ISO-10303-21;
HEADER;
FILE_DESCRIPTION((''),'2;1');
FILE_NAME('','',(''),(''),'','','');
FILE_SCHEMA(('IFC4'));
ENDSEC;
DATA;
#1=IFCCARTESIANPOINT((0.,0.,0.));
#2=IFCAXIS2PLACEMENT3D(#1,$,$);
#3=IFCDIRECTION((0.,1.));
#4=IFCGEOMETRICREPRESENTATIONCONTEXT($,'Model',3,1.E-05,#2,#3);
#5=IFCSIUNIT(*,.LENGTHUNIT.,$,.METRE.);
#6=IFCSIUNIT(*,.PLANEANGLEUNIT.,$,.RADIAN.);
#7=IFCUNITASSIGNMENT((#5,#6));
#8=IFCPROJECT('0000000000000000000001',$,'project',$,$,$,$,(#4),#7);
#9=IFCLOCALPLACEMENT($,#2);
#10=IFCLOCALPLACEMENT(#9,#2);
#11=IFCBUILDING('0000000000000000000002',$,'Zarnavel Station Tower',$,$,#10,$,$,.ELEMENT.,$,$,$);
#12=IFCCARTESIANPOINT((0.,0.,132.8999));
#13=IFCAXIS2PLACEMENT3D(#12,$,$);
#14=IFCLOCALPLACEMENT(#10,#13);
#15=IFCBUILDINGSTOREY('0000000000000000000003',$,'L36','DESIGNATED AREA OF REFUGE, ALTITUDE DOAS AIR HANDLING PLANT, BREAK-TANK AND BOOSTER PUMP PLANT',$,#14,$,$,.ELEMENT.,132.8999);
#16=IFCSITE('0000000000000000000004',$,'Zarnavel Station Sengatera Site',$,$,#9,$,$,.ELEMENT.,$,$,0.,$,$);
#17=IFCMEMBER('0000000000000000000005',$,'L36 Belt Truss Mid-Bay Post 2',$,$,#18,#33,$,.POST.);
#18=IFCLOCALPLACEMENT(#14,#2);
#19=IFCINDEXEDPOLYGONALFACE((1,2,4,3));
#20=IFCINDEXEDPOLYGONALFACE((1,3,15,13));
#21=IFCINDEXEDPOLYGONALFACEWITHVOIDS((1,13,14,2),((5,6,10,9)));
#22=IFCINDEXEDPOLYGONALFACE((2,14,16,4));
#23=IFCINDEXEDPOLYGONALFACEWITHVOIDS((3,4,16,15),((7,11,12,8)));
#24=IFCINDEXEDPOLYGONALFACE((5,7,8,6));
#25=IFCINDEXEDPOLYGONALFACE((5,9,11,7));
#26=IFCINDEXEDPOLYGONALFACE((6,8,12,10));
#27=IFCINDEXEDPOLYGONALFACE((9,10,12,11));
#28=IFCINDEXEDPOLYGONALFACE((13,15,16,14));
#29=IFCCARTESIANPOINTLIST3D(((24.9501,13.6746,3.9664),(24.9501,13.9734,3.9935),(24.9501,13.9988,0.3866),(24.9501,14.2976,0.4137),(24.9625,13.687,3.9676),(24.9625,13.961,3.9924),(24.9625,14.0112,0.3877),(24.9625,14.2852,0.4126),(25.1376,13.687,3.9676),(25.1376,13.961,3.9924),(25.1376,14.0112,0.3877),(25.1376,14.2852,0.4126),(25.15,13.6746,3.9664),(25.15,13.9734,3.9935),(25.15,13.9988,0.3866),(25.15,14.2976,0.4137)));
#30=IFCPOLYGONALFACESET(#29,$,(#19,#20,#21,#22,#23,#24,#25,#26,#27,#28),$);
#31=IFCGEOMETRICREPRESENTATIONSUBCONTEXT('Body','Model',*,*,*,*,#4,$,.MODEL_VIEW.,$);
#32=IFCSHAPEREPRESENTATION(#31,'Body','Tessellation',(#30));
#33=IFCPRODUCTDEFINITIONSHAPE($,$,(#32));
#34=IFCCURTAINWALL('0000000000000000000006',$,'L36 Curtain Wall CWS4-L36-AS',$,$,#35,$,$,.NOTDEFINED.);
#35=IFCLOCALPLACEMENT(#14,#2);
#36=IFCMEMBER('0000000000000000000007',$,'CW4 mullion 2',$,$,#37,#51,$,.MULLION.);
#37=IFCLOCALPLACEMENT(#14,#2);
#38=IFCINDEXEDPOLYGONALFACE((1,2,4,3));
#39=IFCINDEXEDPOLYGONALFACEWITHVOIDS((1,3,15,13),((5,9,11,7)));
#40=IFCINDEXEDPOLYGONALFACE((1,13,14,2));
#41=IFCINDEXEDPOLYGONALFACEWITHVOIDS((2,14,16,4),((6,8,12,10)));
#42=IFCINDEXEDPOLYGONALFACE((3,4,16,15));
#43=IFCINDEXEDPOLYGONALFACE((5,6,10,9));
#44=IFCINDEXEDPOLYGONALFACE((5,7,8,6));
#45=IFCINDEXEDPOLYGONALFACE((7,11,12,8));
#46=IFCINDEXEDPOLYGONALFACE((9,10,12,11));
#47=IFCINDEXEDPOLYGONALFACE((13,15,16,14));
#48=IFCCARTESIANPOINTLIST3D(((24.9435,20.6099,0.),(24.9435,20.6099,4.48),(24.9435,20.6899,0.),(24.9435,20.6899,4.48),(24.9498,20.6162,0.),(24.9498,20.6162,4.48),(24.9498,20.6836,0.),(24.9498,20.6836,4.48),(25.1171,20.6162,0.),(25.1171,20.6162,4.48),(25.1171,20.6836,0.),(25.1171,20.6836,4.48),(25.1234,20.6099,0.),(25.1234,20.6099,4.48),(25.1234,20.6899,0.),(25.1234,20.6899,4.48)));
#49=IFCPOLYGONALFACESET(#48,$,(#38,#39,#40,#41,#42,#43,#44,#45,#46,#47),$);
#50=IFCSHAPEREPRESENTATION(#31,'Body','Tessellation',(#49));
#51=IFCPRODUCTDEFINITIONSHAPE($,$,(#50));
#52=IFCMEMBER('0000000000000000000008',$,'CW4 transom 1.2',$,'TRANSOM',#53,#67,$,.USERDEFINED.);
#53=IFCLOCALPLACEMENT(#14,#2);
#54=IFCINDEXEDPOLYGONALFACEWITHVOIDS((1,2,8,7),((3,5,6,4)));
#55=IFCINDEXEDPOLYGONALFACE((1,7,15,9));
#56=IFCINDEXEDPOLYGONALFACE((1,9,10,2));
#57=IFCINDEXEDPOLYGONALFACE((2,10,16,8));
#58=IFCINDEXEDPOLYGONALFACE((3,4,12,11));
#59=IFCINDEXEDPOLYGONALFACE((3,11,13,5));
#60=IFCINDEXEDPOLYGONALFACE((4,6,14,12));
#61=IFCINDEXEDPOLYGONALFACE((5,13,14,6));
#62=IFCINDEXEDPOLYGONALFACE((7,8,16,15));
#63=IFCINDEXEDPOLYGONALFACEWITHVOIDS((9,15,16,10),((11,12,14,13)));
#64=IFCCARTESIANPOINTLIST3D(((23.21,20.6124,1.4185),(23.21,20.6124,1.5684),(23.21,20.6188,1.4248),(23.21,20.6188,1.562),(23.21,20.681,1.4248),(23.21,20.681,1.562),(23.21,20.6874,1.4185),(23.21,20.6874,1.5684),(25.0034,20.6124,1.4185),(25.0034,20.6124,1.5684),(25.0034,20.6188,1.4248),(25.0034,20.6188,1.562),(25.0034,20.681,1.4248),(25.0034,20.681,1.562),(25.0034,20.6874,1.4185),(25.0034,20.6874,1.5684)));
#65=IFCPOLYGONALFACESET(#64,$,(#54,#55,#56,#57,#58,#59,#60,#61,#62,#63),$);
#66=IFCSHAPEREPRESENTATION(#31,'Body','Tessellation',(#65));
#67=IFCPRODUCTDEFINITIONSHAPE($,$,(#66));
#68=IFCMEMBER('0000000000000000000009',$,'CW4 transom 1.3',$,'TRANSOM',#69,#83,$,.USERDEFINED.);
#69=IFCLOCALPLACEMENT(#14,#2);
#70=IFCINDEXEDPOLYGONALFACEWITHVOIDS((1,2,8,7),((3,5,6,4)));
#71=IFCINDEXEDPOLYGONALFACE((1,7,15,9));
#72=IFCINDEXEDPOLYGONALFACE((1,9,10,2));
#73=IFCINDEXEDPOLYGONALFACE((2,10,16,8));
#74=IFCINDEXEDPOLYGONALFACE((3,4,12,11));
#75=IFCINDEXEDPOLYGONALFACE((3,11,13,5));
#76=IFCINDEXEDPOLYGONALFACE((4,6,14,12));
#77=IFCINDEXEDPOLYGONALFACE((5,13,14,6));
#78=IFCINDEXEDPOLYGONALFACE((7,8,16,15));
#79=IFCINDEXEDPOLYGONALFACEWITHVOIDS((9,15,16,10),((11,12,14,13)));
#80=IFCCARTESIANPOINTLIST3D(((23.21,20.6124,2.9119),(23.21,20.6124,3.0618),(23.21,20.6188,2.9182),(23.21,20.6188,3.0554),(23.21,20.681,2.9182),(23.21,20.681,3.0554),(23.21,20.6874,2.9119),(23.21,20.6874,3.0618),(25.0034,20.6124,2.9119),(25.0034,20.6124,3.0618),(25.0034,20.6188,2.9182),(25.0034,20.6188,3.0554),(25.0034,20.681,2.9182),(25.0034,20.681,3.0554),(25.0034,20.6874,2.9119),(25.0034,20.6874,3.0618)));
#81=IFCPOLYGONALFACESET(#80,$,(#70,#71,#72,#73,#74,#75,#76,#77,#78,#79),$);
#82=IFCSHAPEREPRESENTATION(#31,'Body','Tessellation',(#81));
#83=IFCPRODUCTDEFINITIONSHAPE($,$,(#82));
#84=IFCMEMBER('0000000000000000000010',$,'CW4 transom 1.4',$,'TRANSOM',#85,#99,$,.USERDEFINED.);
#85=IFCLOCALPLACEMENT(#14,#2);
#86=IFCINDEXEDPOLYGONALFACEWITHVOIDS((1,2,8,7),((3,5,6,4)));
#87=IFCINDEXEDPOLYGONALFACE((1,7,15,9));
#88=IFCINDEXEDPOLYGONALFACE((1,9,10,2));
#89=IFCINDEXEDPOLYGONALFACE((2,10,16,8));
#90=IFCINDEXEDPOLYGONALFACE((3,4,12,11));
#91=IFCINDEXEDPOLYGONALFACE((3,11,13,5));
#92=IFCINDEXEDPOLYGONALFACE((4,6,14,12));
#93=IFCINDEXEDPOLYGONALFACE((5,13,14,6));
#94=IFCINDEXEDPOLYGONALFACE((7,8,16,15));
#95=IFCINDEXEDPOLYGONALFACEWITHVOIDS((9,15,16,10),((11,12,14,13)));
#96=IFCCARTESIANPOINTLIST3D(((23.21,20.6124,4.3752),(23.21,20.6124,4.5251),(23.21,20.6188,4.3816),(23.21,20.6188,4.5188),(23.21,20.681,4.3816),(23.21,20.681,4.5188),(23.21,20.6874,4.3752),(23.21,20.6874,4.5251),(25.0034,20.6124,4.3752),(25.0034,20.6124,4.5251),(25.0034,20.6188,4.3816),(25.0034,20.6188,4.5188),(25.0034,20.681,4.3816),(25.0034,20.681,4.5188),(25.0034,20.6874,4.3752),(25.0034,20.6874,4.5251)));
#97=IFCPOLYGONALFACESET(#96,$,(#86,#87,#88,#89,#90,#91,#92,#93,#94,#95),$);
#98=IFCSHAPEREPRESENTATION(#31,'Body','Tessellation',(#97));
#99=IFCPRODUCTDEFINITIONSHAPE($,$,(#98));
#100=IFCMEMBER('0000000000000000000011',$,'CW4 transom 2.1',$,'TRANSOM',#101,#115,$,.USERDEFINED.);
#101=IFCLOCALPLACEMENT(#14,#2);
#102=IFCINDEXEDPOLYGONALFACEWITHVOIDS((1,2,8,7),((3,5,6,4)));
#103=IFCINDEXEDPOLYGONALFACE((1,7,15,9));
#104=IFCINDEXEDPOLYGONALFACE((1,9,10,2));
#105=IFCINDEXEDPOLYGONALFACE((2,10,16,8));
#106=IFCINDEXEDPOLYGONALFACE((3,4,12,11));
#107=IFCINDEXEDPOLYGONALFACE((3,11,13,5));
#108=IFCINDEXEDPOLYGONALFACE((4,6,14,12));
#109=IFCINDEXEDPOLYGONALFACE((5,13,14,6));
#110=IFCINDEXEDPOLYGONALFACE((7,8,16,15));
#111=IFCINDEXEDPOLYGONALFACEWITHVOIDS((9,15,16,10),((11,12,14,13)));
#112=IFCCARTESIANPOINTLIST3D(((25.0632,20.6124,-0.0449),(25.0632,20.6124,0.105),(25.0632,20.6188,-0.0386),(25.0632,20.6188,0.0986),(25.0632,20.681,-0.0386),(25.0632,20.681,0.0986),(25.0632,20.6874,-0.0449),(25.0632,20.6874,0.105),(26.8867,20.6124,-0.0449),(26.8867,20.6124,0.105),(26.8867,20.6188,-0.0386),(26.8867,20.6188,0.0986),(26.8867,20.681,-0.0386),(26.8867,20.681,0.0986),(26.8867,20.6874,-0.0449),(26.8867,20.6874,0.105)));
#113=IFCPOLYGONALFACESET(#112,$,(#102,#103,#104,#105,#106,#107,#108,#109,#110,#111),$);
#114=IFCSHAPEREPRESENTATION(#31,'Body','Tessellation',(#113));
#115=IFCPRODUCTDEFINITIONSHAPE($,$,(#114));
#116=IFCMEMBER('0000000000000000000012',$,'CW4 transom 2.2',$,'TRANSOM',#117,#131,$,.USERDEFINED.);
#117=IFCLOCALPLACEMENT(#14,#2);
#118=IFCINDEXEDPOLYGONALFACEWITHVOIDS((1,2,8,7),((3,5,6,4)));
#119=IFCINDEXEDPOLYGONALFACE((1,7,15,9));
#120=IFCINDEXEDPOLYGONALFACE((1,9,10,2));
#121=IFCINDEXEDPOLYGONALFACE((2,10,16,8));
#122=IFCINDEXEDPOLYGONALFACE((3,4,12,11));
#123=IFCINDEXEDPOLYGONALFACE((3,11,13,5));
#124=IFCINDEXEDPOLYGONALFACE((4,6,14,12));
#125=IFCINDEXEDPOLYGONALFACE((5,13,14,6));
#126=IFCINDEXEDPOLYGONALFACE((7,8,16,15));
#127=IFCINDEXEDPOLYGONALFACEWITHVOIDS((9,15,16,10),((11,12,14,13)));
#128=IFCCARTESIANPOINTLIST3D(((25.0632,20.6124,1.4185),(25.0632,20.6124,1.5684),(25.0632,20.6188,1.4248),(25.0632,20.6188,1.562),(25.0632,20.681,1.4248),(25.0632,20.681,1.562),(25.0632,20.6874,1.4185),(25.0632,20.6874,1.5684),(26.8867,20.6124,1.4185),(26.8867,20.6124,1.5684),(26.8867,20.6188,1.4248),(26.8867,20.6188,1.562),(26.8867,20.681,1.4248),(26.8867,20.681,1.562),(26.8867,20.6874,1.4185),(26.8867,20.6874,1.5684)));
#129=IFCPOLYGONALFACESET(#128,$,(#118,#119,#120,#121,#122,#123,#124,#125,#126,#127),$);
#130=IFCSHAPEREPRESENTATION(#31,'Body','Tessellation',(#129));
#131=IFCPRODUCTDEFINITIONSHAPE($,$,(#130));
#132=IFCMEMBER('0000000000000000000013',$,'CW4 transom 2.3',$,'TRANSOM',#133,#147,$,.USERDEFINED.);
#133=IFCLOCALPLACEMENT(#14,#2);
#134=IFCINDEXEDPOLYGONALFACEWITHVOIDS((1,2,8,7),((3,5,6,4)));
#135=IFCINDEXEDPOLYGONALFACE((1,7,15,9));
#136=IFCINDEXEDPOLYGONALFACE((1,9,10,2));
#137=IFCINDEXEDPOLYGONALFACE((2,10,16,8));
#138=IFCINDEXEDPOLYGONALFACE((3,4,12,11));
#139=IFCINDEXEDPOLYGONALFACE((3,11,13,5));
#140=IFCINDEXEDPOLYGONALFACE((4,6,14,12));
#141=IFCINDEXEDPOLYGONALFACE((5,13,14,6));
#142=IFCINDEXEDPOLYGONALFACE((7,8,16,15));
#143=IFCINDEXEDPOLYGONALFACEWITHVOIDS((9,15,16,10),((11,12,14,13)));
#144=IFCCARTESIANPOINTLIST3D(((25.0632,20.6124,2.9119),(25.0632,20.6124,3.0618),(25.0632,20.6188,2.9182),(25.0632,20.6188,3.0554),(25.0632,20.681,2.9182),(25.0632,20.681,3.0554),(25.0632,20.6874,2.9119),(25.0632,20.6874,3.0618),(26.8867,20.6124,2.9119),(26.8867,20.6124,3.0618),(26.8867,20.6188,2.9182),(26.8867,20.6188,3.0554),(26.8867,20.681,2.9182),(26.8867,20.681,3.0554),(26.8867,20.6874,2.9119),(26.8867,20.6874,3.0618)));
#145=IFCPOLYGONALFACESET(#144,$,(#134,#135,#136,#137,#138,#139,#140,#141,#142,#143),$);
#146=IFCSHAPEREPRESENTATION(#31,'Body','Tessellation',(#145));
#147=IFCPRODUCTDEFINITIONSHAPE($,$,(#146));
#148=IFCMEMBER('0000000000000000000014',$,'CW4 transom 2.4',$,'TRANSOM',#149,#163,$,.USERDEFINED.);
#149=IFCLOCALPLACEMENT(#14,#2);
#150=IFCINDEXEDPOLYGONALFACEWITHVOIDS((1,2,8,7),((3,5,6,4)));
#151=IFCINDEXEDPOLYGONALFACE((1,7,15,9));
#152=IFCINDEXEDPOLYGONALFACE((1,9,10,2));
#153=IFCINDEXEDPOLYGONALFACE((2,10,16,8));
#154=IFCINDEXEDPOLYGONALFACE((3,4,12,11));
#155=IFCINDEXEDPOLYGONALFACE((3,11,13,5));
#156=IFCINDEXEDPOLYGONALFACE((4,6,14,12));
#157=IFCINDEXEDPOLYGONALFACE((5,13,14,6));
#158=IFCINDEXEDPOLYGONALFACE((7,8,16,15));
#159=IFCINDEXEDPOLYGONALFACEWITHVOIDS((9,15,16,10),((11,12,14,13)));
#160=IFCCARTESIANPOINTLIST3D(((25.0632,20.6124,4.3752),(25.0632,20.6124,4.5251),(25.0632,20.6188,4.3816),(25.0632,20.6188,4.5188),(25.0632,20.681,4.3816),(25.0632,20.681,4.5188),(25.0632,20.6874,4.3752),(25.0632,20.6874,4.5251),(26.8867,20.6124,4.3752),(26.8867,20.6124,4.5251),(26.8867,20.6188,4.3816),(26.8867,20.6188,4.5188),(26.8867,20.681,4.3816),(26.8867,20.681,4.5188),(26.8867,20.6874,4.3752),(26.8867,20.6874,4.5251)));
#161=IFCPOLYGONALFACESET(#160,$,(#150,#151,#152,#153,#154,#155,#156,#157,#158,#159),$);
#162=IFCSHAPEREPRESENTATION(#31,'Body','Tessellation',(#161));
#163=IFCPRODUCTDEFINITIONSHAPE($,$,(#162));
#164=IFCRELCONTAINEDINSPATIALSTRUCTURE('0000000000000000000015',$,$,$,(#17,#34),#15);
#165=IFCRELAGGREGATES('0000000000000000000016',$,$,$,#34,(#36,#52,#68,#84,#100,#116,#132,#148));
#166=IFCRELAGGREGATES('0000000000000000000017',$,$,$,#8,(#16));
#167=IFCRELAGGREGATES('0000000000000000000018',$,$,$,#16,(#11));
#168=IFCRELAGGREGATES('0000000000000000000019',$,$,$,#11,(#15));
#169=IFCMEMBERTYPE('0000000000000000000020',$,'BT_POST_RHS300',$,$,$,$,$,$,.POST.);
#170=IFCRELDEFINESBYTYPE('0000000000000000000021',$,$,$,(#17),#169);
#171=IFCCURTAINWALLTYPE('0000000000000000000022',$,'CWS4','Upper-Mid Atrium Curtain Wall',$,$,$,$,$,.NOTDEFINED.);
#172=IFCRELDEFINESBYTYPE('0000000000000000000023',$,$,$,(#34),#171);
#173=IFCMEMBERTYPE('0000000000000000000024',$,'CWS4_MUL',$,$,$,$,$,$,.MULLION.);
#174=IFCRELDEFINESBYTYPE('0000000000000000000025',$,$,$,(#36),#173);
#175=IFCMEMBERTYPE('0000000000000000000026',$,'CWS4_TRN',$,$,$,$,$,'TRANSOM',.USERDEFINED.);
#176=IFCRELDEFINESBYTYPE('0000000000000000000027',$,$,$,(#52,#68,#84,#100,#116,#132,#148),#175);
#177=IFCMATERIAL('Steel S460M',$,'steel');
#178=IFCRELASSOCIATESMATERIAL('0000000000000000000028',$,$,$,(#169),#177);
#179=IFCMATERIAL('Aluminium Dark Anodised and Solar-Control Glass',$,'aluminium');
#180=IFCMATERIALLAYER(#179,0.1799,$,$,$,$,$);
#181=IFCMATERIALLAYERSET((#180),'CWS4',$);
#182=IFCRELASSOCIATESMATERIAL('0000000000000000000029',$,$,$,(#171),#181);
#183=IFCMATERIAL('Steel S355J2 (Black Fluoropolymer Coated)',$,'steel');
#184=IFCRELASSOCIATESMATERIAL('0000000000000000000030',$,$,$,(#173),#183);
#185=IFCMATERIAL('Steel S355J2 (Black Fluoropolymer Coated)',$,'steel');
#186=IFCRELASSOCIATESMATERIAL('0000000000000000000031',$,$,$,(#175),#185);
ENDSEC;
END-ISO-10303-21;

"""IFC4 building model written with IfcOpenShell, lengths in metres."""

from ifc_helpers import new_model, si_unit, direction, frame, origin, origin_2d, place, context, subcontext, project, spatial, hollow_rectangle, extrude, material, layer, layer_set, material_profile, profile_set, type_object, element, aggregate, save


model = new_model("IFC4")

# Units and contexts
model_context = context("Model", 3, precision=1e-05, world=origin(), true_north=direction((0.0, 1.0)))
body_context = subcontext(model_context, "Body", "Model", "MODEL_VIEW")
ifc_project = project(units=[si_unit("LENGTHUNIT", "METRE"), si_unit("PLANEANGLEUNIT", "RADIAN")], contexts=[model_context])

# Site, building, storey
site_placement = place(None, origin())
site = spatial("IfcSite", under=ifc_project, at=site_placement, Name="Zarnavel Station Sengatera Site", CompositionType="ELEMENT", RefElevation=0.0)
building_placement = place(site_placement, origin())
building = spatial("IfcBuilding", under=site, at=building_placement, Name="Zarnavel Station Tower", CompositionType="ELEMENT")
storey_placement = place(building_placement, frame((0.0, 0.0, 132.8999)))
storey = spatial("IfcBuildingStorey", under=building, at=storey_placement, Name="L36", Description="DESIGNATED AREA OF REFUGE, ALTITUDE DOAS AIR HANDLING PLANT, BREAK-TANK AND BOOSTER PUMP PLANT", CompositionType="ELEMENT", Elevation=132.8999)

# Member
ifc_material_1 = material(Name="Steel S460M", Category="steel")
ifc_material_profile_1 = material_profile(ifc_material_1, hollow_rectangle(XDim=0.2, YDim=0.3, WallThickness=0.0125, at=origin_2d()), Name="RHS300x200x12.5")
ifc_profile_set_1 = profile_set([ifc_material_profile_1], Name="Steel S460M")
member_type_1 = type_object("IfcMemberType", Name="BT_POST_RHS300", PredefinedType="POST", material=ifc_profile_set_1)
member_1_placement = place(storey_placement, frame((25.05, 14.1482, 0.4001), z_axis=(0.0, -0.090199, 0.995924), x_axis=(1.0, 0.0, 0.0)))
element("IfcMember", 1, at=member_1_placement, inside=storey, type_object=member_type_1, Name="L36 Belt Truss Mid-Bay Post 2", PredefinedType="POST", context=body_context, shape_type="SweptSolid", body=[
    extrude(hollow_rectangle(XDim=0.2, YDim=0.3, WallThickness=0.0125, at=origin_2d()), origin(), (0.0, 0.0, 1.0), 3.5945),
])

# Curtain wall, members
ifc_material_2 = material(Name="Aluminium Dark Anodised and Solar-Control Glass", Category="aluminium")
ifc_layer_1 = layer(ifc_material_2, 0.1799)
ifc_layer_set_1 = layer_set([ifc_layer_1], Name="CWS4")
curtain_wall_type = type_object("IfcCurtainWallType", Name="CWS4", Description="Upper-Mid Atrium Curtain Wall", PredefinedType="NOTDEFINED", material=ifc_layer_set_1)
curtain_wall_placement = place(storey_placement, origin())
curtain_wall = element("IfcCurtainWall", 2, at=curtain_wall_placement, inside=storey, type_object=curtain_wall_type, Name="L36 Curtain Wall CWS4-L36-AS", PredefinedType="NOTDEFINED")
ifc_material_3 = material(Name="Steel S355J2 (Black Fluoropolymer Coated)", Category="steel")
ifc_material_profile_2 = material_profile(ifc_material_3, hollow_rectangle(XDim=0.0801, YDim=0.1799, WallThickness=0.0063, at=origin_2d()), Name="RHS180x80x6.3")
ifc_profile_set_2 = profile_set([ifc_material_profile_2], Name="Steel S355J2 (Black Fluoropolymer Coated)")
member_type_2 = type_object("IfcMemberType", Name="CWS4_MUL", PredefinedType="MULLION", material=ifc_profile_set_2)
member_2_placement = place(storey_placement, frame((25.0334, 20.6499, 0.0), z_axis=(0.0, 0.0, 1.0), x_axis=(0.0, 1.0, 0.0)))
member_2 = element("IfcMember", 3, at=member_2_placement, type_object=member_type_2, Name="CW4 mullion 2", PredefinedType="MULLION", context=body_context, shape_type="SweptSolid", body=[
    extrude(hollow_rectangle(XDim=0.0801, YDim=0.1799, WallThickness=0.0063, at=origin_2d()), origin(), (0.0, 0.0, 1.0), 4.48),
])
ifc_material_4 = material(Name="Steel S355J2 (Black Fluoropolymer Coated)", Category="steel")
ifc_material_profile_3 = material_profile(ifc_material_4, hollow_rectangle(XDim=0.075, YDim=0.1499, WallThickness=0.0063, at=origin_2d()), Name="RHS150x75x6.3")
ifc_profile_set_3 = profile_set([ifc_material_profile_3], Name="Steel S355J2 (Black Fluoropolymer Coated)")
member_type_3 = type_object("IfcMemberType", Name="CWS4_TRN", ElementType="TRANSOM", PredefinedType="USERDEFINED", material=ifc_profile_set_3)
member_3_placement = place(storey_placement, frame((23.21, 20.6499, 1.4934), z_axis=(1.0, 0.0, 0.0), x_axis=(0.0, 1.0, 0.0)))
member_3 = element("IfcMember", 4, at=member_3_placement, type_object=member_type_3, Name="CW4 transom 1.2", ObjectType="TRANSOM", PredefinedType="USERDEFINED", context=body_context, shape_type="SweptSolid", body=[
    extrude(hollow_rectangle(XDim=0.075, YDim=0.1499, WallThickness=0.0063, at=origin_2d()), origin(), (0.0, 0.0, 1.0), 1.7935),
])
member_4_placement = place(storey_placement, frame((23.21, 20.6499, 2.9868), z_axis=(1.0, 0.0, 0.0), x_axis=(0.0, 1.0, 0.0)))
member_4 = element("IfcMember", 5, at=member_4_placement, type_object=member_type_3, Name="CW4 transom 1.3", ObjectType="TRANSOM", PredefinedType="USERDEFINED", context=body_context, shape_type="SweptSolid", body=[
    extrude(hollow_rectangle(XDim=0.075, YDim=0.1499, WallThickness=0.0063, at=origin_2d()), origin(), (0.0, 0.0, 1.0), 1.7935),
])
member_5_placement = place(storey_placement, frame((23.21, 20.6499, 4.4502), z_axis=(1.0, 0.0, 0.0), x_axis=(0.0, 1.0, 0.0)))
member_5 = element("IfcMember", 6, at=member_5_placement, type_object=member_type_3, Name="CW4 transom 1.4", ObjectType="TRANSOM", PredefinedType="USERDEFINED", context=body_context, shape_type="SweptSolid", body=[
    extrude(hollow_rectangle(XDim=0.075, YDim=0.1499, WallThickness=0.0063, at=origin_2d()), origin(), (0.0, 0.0, 1.0), 1.7935),
])
member_6_placement = place(storey_placement, frame((25.0632, 20.6499, 0.03), z_axis=(1.0, 0.0, 0.0), x_axis=(0.0, 1.0, 0.0)))
member_6 = element("IfcMember", 7, at=member_6_placement, type_object=member_type_3, Name="CW4 transom 2.1", ObjectType="TRANSOM", PredefinedType="USERDEFINED", context=body_context, shape_type="SweptSolid", body=[
    extrude(hollow_rectangle(XDim=0.075, YDim=0.1499, WallThickness=0.0063, at=origin_2d()), origin(), (0.0, 0.0, 1.0), 1.8235),
])
member_7_placement = place(storey_placement, frame((25.0632, 20.6499, 1.4934), z_axis=(1.0, 0.0, 0.0), x_axis=(0.0, 1.0, 0.0)))
member_7 = element("IfcMember", 8, at=member_7_placement, type_object=member_type_3, Name="CW4 transom 2.2", ObjectType="TRANSOM", PredefinedType="USERDEFINED", context=body_context, shape_type="SweptSolid", body=[
    extrude(hollow_rectangle(XDim=0.075, YDim=0.1499, WallThickness=0.0063, at=origin_2d()), origin(), (0.0, 0.0, 1.0), 1.8235),
])
member_8_placement = place(storey_placement, frame((25.0632, 20.6499, 2.9868), z_axis=(1.0, 0.0, 0.0), x_axis=(0.0, 1.0, 0.0)))
member_8 = element("IfcMember", 9, at=member_8_placement, type_object=member_type_3, Name="CW4 transom 2.3", ObjectType="TRANSOM", PredefinedType="USERDEFINED", context=body_context, shape_type="SweptSolid", body=[
    extrude(hollow_rectangle(XDim=0.075, YDim=0.1499, WallThickness=0.0063, at=origin_2d()), origin(), (0.0, 0.0, 1.0), 1.8235),
])
member_9_placement = place(storey_placement, frame((25.0632, 20.6499, 4.4502), z_axis=(1.0, 0.0, 0.0), x_axis=(0.0, 1.0, 0.0)))
member_9 = element("IfcMember", 10, at=member_9_placement, type_object=member_type_3, Name="CW4 transom 2.4", ObjectType="TRANSOM", PredefinedType="USERDEFINED", context=body_context, shape_type="SweptSolid", body=[
    extrude(hollow_rectangle(XDim=0.075, YDim=0.1499, WallThickness=0.0063, at=origin_2d()), origin(), (0.0, 0.0, 1.0), 1.8235),
])

aggregate(curtain_wall, [member_2, member_3, member_4, member_5, member_6, member_7, member_8, member_9])

save(model, "model.ifc")
